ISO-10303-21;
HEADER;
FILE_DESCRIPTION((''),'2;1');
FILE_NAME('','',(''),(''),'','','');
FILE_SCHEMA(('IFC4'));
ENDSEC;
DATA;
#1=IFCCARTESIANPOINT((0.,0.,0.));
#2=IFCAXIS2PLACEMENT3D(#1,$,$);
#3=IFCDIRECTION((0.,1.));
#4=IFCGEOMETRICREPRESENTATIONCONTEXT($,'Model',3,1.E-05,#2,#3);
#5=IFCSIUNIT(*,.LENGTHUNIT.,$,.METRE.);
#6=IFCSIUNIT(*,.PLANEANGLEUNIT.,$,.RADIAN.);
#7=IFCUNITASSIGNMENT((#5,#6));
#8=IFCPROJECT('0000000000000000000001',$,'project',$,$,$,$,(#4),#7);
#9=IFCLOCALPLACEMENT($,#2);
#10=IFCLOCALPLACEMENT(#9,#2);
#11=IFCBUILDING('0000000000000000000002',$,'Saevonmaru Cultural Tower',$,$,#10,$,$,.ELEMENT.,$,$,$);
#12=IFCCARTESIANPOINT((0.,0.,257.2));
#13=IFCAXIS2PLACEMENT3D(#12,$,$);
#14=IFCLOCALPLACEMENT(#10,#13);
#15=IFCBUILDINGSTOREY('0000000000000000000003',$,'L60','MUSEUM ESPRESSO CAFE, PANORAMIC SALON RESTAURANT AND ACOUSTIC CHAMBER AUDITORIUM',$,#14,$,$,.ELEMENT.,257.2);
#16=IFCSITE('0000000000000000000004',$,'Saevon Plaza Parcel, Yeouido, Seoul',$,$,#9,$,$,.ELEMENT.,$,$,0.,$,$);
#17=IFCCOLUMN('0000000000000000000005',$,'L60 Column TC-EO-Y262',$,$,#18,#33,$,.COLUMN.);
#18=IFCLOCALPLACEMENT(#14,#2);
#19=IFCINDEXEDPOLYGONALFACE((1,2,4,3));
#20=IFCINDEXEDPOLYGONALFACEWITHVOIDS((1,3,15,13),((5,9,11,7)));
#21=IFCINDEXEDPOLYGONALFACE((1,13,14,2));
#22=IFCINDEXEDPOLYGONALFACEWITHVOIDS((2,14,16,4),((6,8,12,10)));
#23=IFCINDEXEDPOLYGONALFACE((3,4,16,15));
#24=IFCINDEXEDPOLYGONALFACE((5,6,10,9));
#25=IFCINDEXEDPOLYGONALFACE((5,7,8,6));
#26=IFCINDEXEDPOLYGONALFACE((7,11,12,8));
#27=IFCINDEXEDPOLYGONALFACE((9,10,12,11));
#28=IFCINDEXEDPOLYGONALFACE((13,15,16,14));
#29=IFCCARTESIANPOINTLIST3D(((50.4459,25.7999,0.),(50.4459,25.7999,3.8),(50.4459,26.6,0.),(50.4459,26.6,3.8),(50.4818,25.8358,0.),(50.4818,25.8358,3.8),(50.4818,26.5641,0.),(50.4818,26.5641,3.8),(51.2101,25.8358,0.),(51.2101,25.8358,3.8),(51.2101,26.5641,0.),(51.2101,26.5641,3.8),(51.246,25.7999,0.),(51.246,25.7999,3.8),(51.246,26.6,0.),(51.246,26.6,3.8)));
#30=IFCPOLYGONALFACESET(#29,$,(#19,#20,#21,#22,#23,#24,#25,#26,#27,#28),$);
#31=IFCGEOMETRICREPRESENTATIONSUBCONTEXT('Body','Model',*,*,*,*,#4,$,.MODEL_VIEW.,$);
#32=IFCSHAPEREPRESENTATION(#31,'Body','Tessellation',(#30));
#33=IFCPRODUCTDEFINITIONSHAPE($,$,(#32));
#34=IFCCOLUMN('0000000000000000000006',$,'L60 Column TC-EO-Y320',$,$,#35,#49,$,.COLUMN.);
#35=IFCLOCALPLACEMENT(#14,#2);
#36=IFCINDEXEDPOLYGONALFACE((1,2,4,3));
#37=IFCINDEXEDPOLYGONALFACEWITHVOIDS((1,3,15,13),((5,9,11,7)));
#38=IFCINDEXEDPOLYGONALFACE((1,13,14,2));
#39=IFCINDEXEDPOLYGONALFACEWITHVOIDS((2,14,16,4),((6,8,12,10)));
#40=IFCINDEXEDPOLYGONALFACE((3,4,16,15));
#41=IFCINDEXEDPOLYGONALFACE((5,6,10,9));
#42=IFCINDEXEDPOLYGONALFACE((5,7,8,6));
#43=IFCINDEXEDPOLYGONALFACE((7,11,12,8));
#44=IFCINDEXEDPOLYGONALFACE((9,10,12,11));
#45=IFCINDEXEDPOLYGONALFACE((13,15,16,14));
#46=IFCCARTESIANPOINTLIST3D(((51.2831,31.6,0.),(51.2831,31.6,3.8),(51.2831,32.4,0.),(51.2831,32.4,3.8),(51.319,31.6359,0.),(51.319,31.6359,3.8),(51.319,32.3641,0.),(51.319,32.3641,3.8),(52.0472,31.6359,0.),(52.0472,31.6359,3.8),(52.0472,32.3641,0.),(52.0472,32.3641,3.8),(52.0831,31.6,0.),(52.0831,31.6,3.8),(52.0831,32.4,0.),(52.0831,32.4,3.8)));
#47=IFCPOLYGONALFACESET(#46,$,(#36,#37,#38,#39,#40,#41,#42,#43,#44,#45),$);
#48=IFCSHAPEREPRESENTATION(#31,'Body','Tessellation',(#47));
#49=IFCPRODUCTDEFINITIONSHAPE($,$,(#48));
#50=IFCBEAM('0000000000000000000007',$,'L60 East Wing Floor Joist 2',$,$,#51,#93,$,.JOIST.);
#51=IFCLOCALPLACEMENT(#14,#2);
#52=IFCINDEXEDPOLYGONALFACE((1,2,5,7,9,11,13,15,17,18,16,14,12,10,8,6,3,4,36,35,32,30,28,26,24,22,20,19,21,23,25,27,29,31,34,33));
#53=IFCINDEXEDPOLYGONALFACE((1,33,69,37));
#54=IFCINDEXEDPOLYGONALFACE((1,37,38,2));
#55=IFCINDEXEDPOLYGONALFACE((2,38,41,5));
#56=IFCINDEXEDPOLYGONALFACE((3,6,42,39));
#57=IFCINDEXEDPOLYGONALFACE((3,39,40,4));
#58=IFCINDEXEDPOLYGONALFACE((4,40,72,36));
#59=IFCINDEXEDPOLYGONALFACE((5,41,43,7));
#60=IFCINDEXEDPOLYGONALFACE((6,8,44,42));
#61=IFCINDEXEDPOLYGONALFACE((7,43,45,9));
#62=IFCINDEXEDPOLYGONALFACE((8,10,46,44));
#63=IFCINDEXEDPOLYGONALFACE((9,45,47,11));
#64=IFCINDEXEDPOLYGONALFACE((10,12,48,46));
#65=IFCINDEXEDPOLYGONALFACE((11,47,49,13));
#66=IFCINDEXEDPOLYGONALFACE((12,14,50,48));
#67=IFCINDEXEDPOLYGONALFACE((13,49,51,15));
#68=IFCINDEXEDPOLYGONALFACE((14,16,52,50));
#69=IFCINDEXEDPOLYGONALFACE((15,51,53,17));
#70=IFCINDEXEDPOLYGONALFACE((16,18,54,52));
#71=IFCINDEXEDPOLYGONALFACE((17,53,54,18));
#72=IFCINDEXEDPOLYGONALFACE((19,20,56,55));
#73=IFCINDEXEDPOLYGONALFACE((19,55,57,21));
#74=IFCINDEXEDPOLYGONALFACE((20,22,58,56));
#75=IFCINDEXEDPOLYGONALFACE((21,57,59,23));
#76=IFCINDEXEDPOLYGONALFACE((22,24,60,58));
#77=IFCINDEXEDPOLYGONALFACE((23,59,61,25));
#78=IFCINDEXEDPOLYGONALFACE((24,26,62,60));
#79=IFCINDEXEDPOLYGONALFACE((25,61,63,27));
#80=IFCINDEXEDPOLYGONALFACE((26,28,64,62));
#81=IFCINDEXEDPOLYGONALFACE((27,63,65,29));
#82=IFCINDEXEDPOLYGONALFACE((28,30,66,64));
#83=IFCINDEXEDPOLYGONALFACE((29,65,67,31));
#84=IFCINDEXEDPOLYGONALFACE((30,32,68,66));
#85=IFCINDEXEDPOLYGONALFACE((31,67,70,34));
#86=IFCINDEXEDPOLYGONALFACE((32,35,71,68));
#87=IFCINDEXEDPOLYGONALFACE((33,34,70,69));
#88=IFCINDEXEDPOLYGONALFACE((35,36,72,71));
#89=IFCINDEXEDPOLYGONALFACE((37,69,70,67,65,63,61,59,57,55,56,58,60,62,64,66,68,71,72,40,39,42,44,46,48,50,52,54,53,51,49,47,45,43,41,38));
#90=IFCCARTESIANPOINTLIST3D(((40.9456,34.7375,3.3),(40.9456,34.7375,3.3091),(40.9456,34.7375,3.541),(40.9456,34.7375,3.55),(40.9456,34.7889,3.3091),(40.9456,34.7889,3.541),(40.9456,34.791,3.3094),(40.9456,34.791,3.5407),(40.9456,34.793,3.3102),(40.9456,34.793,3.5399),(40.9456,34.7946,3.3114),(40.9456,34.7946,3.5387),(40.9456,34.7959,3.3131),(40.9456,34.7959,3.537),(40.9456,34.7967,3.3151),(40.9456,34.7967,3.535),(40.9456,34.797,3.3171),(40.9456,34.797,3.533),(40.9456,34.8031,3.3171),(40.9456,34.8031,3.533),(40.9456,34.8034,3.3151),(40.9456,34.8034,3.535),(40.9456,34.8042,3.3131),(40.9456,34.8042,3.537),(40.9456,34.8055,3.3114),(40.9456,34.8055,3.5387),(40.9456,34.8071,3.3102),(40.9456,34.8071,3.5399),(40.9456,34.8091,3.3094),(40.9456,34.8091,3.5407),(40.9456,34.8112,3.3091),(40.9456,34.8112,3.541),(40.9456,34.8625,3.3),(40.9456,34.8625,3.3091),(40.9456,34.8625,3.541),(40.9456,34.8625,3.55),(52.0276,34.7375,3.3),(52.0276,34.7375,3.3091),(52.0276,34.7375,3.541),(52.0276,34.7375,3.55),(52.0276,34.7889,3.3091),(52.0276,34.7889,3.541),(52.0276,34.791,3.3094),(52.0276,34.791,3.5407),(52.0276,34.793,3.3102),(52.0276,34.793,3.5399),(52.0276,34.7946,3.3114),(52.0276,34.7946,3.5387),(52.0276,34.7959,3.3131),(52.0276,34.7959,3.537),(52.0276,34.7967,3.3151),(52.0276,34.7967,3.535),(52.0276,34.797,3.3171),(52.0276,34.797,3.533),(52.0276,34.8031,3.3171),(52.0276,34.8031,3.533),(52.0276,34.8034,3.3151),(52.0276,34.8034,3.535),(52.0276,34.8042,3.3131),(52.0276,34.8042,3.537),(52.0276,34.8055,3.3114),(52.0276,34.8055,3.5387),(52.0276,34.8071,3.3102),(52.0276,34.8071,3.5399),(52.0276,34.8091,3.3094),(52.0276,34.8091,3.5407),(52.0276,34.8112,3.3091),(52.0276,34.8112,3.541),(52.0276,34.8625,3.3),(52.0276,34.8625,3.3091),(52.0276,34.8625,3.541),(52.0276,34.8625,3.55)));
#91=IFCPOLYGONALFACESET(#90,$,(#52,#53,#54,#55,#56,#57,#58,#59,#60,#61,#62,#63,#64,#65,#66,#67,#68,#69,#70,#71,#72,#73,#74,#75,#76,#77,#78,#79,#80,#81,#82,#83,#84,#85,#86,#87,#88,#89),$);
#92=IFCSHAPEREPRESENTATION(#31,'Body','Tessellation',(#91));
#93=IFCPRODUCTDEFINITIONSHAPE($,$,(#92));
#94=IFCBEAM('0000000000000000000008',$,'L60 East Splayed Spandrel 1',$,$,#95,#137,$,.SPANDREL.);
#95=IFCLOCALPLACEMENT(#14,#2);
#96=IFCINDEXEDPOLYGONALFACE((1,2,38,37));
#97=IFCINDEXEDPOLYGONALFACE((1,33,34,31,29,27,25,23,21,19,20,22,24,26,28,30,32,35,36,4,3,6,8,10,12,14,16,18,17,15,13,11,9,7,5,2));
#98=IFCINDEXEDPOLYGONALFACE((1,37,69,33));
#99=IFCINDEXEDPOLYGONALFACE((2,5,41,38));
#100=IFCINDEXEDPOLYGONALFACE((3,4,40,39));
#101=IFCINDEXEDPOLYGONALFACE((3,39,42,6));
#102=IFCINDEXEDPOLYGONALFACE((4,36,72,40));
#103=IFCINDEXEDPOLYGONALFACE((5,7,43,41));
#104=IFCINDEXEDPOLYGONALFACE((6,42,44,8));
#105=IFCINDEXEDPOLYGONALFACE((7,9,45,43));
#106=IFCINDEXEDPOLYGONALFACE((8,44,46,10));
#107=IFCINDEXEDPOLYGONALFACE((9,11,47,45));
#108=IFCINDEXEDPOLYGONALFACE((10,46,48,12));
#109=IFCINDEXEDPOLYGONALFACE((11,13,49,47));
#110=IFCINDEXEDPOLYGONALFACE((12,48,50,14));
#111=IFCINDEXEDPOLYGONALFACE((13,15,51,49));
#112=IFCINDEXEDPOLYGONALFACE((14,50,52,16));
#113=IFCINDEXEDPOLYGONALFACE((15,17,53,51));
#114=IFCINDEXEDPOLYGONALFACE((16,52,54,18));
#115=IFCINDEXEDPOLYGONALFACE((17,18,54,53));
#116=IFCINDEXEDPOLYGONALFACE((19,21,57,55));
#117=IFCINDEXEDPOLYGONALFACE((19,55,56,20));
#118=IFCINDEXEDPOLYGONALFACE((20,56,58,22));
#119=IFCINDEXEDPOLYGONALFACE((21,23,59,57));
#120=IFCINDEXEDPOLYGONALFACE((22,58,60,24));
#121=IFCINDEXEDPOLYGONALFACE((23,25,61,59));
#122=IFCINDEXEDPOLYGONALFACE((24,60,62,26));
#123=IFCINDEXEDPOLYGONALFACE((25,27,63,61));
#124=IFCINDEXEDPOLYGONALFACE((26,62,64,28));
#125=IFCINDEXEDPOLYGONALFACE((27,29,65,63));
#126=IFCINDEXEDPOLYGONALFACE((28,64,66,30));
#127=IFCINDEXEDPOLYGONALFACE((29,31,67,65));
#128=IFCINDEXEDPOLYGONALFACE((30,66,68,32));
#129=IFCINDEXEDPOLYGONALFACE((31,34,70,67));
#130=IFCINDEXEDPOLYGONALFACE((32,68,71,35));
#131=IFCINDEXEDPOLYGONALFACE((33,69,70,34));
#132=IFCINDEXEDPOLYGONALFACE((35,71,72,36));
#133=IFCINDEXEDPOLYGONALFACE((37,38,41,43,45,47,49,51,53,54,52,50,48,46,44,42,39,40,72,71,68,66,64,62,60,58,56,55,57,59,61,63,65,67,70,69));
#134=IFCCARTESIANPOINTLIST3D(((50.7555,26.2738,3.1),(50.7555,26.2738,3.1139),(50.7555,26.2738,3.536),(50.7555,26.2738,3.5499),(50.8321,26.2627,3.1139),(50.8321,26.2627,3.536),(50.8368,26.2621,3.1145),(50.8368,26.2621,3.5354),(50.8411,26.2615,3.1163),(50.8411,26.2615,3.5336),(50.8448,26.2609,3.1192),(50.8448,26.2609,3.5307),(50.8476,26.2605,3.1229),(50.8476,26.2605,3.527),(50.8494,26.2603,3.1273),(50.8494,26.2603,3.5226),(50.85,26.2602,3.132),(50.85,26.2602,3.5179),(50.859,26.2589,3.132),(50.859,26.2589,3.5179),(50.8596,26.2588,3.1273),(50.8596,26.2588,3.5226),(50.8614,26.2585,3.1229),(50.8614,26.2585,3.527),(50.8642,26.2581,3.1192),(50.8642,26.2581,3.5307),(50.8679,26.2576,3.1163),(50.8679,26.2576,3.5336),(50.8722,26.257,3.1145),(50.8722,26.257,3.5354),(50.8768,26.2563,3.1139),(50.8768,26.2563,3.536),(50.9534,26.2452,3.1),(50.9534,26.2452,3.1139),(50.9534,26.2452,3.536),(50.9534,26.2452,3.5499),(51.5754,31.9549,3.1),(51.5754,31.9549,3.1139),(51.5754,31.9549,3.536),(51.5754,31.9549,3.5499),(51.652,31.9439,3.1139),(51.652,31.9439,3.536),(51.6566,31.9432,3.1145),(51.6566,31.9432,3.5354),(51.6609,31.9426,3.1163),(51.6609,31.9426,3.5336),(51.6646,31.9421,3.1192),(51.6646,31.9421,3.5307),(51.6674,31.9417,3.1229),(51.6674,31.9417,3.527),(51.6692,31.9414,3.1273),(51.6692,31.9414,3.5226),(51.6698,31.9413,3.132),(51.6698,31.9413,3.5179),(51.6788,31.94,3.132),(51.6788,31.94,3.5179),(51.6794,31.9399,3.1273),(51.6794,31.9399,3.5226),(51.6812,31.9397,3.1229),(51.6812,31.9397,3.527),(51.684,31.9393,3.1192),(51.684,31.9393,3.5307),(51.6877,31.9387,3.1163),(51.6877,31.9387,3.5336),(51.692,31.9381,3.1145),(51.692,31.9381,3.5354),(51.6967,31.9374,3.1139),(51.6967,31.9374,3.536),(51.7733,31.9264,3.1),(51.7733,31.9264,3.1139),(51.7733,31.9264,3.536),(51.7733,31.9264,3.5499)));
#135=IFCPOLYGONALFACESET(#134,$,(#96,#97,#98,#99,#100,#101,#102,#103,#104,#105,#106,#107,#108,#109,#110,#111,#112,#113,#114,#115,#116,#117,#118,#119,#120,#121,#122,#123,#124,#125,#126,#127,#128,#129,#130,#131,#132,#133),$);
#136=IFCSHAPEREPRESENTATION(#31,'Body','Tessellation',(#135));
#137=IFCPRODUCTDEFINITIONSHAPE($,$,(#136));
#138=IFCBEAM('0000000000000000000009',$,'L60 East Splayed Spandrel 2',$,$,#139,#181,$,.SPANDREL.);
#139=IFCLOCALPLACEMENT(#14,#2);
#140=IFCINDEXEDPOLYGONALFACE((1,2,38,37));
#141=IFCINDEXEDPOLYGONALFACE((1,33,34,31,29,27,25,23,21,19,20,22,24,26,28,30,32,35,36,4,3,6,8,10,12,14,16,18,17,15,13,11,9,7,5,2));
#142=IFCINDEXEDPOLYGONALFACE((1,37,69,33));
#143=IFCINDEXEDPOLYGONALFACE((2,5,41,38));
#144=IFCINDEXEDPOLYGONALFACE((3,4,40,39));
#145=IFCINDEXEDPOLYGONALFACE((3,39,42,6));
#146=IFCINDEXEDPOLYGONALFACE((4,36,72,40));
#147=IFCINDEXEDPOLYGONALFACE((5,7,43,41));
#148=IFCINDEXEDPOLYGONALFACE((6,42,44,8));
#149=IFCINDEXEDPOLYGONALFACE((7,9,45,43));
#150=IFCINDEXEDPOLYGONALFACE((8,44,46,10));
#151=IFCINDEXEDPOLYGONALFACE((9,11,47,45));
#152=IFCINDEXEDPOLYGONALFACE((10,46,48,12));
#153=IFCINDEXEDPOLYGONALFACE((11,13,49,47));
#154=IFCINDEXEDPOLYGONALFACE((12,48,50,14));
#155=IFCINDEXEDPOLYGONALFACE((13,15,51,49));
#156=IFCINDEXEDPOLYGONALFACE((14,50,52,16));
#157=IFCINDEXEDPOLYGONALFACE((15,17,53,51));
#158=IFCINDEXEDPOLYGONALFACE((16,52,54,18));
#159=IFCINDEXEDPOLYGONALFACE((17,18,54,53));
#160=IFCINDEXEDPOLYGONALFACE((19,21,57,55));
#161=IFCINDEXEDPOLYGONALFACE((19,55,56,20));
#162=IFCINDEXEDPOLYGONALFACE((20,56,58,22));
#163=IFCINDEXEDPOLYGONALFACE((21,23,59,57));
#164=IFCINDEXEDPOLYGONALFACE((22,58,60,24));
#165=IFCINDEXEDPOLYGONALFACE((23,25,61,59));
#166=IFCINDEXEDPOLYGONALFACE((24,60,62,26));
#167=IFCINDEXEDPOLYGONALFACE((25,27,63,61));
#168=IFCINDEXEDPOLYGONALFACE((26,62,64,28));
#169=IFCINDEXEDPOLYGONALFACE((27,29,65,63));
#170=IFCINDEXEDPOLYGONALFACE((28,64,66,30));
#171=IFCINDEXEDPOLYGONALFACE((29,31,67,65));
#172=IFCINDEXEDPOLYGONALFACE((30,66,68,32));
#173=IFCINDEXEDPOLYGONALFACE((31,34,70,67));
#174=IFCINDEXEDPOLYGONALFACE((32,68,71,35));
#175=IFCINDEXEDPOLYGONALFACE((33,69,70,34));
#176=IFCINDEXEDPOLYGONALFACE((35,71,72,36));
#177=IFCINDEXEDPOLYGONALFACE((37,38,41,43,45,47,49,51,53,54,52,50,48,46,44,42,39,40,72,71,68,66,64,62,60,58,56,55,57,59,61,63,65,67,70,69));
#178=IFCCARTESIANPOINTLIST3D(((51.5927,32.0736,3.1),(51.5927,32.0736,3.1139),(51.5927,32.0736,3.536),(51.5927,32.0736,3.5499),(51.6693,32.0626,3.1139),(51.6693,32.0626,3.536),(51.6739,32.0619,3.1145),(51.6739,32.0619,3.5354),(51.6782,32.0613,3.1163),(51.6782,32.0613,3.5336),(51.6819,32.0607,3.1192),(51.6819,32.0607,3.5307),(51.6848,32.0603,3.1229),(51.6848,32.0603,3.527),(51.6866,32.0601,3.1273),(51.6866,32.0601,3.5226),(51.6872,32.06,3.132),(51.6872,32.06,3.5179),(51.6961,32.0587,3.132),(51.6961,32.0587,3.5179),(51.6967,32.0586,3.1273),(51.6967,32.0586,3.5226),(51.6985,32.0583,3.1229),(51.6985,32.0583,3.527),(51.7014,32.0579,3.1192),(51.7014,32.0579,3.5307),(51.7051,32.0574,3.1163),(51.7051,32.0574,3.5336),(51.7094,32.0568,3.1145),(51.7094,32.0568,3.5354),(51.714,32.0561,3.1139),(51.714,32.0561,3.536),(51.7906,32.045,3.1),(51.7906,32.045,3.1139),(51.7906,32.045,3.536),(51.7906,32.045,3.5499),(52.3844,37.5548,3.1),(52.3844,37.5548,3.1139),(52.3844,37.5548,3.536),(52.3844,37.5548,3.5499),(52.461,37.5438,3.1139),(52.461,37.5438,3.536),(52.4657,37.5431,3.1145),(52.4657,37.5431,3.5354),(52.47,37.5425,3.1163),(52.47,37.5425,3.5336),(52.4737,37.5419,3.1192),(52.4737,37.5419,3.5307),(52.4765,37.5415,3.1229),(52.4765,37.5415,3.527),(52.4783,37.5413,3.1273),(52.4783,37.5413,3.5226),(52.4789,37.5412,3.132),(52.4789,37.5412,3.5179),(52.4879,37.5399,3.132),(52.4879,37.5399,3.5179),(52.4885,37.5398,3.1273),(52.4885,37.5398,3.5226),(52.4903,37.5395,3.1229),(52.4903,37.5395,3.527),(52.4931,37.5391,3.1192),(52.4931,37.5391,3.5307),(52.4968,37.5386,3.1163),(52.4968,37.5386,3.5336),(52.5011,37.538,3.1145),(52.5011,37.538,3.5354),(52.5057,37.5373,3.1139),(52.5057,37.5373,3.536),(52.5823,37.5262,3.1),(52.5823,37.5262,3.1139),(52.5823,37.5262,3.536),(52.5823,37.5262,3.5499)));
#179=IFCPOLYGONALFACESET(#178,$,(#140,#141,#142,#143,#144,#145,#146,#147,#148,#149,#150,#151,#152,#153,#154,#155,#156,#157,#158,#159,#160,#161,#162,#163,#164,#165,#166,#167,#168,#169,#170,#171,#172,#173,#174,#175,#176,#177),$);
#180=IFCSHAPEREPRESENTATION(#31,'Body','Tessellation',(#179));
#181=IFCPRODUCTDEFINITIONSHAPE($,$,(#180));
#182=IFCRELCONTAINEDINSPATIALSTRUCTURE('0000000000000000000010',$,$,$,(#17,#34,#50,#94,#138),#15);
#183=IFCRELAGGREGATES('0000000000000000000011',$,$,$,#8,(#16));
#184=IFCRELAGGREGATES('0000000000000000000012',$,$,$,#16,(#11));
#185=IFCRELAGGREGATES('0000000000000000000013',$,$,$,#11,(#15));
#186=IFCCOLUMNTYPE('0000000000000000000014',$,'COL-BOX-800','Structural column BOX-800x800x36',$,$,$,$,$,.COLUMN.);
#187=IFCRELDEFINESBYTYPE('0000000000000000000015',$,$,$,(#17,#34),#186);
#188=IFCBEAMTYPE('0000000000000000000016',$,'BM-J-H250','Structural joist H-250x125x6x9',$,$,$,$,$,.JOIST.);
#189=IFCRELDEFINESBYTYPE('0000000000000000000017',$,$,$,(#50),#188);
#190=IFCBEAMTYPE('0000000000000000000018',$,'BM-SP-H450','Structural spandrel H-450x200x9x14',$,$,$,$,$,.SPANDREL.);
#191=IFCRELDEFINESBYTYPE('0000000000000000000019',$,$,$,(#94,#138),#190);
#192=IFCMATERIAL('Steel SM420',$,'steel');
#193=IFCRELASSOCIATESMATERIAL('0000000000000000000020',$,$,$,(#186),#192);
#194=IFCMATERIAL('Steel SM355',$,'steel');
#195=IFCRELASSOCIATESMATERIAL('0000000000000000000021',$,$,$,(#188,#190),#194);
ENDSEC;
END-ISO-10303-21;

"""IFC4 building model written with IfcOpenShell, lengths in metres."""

from ifc_helpers import new_model, si_unit, direction, frame, origin, origin_2d, place, context, subcontext, project, spatial, hollow_rectangle, i_section, extrude, material, material_profile, profile_set, type_object, element, save


model = new_model("IFC4")

# Units and contexts
model_context = context("Model", 3, precision=1e-05, world=origin(), true_north=direction((0.0, 1.0)))
body_context = subcontext(model_context, "Body", "Model", "MODEL_VIEW")
ifc_project = project(units=[si_unit("LENGTHUNIT", "METRE"), si_unit("PLANEANGLEUNIT", "RADIAN")], contexts=[model_context])

# Site, building, storey
site_placement = place(None, origin())
site = spatial("IfcSite", under=ifc_project, at=site_placement, Name="Saevon Plaza Parcel, Yeouido, Seoul", CompositionType="ELEMENT", RefElevation=0.0)
building_placement = place(site_placement, origin())
building = spatial("IfcBuilding", under=site, at=building_placement, Name="Saevonmaru Cultural Tower", CompositionType="ELEMENT")
storey_placement = place(building_placement, frame((0.0, 0.0, 257.2)))
storey = spatial("IfcBuildingStorey", under=building, at=storey_placement, Name="L60", Description="MUSEUM ESPRESSO CAFE, PANORAMIC SALON RESTAURANT AND ACOUSTIC CHAMBER AUDITORIUM", CompositionType="ELEMENT", Elevation=257.2)

# Columns
ifc_material_1 = material(Name="Steel SM420", Category="steel")
ifc_material_profile_1 = material_profile(ifc_material_1, hollow_rectangle(XDim=0.8, YDim=0.8, WallThickness=0.0359, at=origin_2d()), Name="BOX-800x800x36")
ifc_profile_set_1 = profile_set([ifc_material_profile_1], Name="Steel SM420")
column_type = type_object("IfcColumnType", Name="COL-BOX-800", Description="Structural column BOX-800x800x36", PredefinedType="COLUMN", material=ifc_profile_set_1)
for number, where, z_axis, x_axis, name in (
    (1, (50.8459, 26.2, 0.0), (0.0, 0.0, 1.0), (1.0, 0.0, 0.0), "L60 Column TC-EO-Y262"),
    (2, (51.6831, 32.0, 0.0), (0.0, 0.0, 1.0), (1.0, 0.0, 0.0), "L60 Column TC-EO-Y320"),
):
    element("IfcColumn", number, at=place(storey_placement, frame(where, z_axis=z_axis, x_axis=x_axis)), inside=storey, type_object=column_type, Name=name, PredefinedType="COLUMN", context=body_context, shape_type="SweptSolid", body=[
        extrude(hollow_rectangle(XDim=0.8, YDim=0.8, WallThickness=0.0359, at=origin_2d()), origin(), (0.0, 0.0, 1.0), 3.8),
    ])

# Beams
ifc_material_2 = material(Name="Steel SM355", Category="steel")
ifc_material_profile_2 = material_profile(ifc_material_2, i_section(OverallWidth=0.125, OverallDepth=0.25, WebThickness=0.0061, FlangeThickness=0.009, FilletRadius=0.0081, at=origin_2d()), Name="H-250x125x6x9")
ifc_profile_set_2 = profile_set([ifc_material_profile_2], Name="Steel SM355")
beam_type_1 = type_object("IfcBeamType", Name="BM-J-H250", Description="Structural joist H-250x125x6x9", PredefinedType="JOIST", material=ifc_profile_set_2)
beam_1_placement = place(storey_placement, frame((40.9456, 34.8, 3.425), z_axis=(1.0, 0.0, 0.0), x_axis=(0.0, 1.0, 0.0)))
element("IfcBeam", 3, at=beam_1_placement, inside=storey, type_object=beam_type_1, Name="L60 East Wing Floor Joist 2", PredefinedType="JOIST", context=body_context, shape_type="SweptSolid", body=[
    extrude(i_section(OverallWidth=0.125, OverallDepth=0.25, WebThickness=0.0061, FlangeThickness=0.009, FilletRadius=0.0081, at=origin_2d()), origin(), (0.0, 0.0, 1.0), 11.082),
])
ifc_material_profile_3 = material_profile(ifc_material_2, i_section(OverallWidth=0.2, OverallDepth=0.45, WebThickness=0.009, FlangeThickness=0.0139, FilletRadius=0.0181, at=origin_2d()), Name="H-450x200x9x14")
ifc_profile_set_3 = profile_set([ifc_material_profile_3], Name="Steel SM355")
beam_type_2 = type_object("IfcBeamType", Name="BM-SP-H450", Description="Structural spandrel H-450x200x9x14", PredefinedType="SPANDREL", material=ifc_profile_set_3)
beam_2_placement = place(storey_placement, frame((50.8545, 26.2595, 3.325), z_axis=(0.142827, 0.989748, 0.0), x_axis=(-0.989748, 0.142827, 0.0)))
element("IfcBeam", 4, at=beam_2_placement, inside=storey, type_object=beam_type_2, Name="L60 East Splayed Spandrel 1", PredefinedType="SPANDREL", context=body_context, shape_type="SweptSolid", body=[
    extrude(i_section(OverallWidth=0.2, OverallDepth=0.45, WebThickness=0.009, FlangeThickness=0.0139, FilletRadius=0.0181, at=origin_2d()), origin(), (0.0, 0.0, 1.0), 5.74),
])
beam_3_placement = place(storey_placement, frame((51.6917, 32.0593, 3.325), z_axis=(0.142964, 0.989728, 0.0), x_axis=(-0.989728, 0.142964, 0.0)))
element("IfcBeam", 5, at=beam_3_placement, inside=storey, type_object=beam_type_2, Name="L60 East Splayed Spandrel 2", PredefinedType="SPANDREL", context=body_context, shape_type="SweptSolid", body=[
    extrude(i_section(OverallWidth=0.2, OverallDepth=0.45, WebThickness=0.009, FlangeThickness=0.0139, FilletRadius=0.0181, at=origin_2d()), origin(), (0.0, 0.0, 1.0), 5.5381),
])

save(model, "model.ifc")
